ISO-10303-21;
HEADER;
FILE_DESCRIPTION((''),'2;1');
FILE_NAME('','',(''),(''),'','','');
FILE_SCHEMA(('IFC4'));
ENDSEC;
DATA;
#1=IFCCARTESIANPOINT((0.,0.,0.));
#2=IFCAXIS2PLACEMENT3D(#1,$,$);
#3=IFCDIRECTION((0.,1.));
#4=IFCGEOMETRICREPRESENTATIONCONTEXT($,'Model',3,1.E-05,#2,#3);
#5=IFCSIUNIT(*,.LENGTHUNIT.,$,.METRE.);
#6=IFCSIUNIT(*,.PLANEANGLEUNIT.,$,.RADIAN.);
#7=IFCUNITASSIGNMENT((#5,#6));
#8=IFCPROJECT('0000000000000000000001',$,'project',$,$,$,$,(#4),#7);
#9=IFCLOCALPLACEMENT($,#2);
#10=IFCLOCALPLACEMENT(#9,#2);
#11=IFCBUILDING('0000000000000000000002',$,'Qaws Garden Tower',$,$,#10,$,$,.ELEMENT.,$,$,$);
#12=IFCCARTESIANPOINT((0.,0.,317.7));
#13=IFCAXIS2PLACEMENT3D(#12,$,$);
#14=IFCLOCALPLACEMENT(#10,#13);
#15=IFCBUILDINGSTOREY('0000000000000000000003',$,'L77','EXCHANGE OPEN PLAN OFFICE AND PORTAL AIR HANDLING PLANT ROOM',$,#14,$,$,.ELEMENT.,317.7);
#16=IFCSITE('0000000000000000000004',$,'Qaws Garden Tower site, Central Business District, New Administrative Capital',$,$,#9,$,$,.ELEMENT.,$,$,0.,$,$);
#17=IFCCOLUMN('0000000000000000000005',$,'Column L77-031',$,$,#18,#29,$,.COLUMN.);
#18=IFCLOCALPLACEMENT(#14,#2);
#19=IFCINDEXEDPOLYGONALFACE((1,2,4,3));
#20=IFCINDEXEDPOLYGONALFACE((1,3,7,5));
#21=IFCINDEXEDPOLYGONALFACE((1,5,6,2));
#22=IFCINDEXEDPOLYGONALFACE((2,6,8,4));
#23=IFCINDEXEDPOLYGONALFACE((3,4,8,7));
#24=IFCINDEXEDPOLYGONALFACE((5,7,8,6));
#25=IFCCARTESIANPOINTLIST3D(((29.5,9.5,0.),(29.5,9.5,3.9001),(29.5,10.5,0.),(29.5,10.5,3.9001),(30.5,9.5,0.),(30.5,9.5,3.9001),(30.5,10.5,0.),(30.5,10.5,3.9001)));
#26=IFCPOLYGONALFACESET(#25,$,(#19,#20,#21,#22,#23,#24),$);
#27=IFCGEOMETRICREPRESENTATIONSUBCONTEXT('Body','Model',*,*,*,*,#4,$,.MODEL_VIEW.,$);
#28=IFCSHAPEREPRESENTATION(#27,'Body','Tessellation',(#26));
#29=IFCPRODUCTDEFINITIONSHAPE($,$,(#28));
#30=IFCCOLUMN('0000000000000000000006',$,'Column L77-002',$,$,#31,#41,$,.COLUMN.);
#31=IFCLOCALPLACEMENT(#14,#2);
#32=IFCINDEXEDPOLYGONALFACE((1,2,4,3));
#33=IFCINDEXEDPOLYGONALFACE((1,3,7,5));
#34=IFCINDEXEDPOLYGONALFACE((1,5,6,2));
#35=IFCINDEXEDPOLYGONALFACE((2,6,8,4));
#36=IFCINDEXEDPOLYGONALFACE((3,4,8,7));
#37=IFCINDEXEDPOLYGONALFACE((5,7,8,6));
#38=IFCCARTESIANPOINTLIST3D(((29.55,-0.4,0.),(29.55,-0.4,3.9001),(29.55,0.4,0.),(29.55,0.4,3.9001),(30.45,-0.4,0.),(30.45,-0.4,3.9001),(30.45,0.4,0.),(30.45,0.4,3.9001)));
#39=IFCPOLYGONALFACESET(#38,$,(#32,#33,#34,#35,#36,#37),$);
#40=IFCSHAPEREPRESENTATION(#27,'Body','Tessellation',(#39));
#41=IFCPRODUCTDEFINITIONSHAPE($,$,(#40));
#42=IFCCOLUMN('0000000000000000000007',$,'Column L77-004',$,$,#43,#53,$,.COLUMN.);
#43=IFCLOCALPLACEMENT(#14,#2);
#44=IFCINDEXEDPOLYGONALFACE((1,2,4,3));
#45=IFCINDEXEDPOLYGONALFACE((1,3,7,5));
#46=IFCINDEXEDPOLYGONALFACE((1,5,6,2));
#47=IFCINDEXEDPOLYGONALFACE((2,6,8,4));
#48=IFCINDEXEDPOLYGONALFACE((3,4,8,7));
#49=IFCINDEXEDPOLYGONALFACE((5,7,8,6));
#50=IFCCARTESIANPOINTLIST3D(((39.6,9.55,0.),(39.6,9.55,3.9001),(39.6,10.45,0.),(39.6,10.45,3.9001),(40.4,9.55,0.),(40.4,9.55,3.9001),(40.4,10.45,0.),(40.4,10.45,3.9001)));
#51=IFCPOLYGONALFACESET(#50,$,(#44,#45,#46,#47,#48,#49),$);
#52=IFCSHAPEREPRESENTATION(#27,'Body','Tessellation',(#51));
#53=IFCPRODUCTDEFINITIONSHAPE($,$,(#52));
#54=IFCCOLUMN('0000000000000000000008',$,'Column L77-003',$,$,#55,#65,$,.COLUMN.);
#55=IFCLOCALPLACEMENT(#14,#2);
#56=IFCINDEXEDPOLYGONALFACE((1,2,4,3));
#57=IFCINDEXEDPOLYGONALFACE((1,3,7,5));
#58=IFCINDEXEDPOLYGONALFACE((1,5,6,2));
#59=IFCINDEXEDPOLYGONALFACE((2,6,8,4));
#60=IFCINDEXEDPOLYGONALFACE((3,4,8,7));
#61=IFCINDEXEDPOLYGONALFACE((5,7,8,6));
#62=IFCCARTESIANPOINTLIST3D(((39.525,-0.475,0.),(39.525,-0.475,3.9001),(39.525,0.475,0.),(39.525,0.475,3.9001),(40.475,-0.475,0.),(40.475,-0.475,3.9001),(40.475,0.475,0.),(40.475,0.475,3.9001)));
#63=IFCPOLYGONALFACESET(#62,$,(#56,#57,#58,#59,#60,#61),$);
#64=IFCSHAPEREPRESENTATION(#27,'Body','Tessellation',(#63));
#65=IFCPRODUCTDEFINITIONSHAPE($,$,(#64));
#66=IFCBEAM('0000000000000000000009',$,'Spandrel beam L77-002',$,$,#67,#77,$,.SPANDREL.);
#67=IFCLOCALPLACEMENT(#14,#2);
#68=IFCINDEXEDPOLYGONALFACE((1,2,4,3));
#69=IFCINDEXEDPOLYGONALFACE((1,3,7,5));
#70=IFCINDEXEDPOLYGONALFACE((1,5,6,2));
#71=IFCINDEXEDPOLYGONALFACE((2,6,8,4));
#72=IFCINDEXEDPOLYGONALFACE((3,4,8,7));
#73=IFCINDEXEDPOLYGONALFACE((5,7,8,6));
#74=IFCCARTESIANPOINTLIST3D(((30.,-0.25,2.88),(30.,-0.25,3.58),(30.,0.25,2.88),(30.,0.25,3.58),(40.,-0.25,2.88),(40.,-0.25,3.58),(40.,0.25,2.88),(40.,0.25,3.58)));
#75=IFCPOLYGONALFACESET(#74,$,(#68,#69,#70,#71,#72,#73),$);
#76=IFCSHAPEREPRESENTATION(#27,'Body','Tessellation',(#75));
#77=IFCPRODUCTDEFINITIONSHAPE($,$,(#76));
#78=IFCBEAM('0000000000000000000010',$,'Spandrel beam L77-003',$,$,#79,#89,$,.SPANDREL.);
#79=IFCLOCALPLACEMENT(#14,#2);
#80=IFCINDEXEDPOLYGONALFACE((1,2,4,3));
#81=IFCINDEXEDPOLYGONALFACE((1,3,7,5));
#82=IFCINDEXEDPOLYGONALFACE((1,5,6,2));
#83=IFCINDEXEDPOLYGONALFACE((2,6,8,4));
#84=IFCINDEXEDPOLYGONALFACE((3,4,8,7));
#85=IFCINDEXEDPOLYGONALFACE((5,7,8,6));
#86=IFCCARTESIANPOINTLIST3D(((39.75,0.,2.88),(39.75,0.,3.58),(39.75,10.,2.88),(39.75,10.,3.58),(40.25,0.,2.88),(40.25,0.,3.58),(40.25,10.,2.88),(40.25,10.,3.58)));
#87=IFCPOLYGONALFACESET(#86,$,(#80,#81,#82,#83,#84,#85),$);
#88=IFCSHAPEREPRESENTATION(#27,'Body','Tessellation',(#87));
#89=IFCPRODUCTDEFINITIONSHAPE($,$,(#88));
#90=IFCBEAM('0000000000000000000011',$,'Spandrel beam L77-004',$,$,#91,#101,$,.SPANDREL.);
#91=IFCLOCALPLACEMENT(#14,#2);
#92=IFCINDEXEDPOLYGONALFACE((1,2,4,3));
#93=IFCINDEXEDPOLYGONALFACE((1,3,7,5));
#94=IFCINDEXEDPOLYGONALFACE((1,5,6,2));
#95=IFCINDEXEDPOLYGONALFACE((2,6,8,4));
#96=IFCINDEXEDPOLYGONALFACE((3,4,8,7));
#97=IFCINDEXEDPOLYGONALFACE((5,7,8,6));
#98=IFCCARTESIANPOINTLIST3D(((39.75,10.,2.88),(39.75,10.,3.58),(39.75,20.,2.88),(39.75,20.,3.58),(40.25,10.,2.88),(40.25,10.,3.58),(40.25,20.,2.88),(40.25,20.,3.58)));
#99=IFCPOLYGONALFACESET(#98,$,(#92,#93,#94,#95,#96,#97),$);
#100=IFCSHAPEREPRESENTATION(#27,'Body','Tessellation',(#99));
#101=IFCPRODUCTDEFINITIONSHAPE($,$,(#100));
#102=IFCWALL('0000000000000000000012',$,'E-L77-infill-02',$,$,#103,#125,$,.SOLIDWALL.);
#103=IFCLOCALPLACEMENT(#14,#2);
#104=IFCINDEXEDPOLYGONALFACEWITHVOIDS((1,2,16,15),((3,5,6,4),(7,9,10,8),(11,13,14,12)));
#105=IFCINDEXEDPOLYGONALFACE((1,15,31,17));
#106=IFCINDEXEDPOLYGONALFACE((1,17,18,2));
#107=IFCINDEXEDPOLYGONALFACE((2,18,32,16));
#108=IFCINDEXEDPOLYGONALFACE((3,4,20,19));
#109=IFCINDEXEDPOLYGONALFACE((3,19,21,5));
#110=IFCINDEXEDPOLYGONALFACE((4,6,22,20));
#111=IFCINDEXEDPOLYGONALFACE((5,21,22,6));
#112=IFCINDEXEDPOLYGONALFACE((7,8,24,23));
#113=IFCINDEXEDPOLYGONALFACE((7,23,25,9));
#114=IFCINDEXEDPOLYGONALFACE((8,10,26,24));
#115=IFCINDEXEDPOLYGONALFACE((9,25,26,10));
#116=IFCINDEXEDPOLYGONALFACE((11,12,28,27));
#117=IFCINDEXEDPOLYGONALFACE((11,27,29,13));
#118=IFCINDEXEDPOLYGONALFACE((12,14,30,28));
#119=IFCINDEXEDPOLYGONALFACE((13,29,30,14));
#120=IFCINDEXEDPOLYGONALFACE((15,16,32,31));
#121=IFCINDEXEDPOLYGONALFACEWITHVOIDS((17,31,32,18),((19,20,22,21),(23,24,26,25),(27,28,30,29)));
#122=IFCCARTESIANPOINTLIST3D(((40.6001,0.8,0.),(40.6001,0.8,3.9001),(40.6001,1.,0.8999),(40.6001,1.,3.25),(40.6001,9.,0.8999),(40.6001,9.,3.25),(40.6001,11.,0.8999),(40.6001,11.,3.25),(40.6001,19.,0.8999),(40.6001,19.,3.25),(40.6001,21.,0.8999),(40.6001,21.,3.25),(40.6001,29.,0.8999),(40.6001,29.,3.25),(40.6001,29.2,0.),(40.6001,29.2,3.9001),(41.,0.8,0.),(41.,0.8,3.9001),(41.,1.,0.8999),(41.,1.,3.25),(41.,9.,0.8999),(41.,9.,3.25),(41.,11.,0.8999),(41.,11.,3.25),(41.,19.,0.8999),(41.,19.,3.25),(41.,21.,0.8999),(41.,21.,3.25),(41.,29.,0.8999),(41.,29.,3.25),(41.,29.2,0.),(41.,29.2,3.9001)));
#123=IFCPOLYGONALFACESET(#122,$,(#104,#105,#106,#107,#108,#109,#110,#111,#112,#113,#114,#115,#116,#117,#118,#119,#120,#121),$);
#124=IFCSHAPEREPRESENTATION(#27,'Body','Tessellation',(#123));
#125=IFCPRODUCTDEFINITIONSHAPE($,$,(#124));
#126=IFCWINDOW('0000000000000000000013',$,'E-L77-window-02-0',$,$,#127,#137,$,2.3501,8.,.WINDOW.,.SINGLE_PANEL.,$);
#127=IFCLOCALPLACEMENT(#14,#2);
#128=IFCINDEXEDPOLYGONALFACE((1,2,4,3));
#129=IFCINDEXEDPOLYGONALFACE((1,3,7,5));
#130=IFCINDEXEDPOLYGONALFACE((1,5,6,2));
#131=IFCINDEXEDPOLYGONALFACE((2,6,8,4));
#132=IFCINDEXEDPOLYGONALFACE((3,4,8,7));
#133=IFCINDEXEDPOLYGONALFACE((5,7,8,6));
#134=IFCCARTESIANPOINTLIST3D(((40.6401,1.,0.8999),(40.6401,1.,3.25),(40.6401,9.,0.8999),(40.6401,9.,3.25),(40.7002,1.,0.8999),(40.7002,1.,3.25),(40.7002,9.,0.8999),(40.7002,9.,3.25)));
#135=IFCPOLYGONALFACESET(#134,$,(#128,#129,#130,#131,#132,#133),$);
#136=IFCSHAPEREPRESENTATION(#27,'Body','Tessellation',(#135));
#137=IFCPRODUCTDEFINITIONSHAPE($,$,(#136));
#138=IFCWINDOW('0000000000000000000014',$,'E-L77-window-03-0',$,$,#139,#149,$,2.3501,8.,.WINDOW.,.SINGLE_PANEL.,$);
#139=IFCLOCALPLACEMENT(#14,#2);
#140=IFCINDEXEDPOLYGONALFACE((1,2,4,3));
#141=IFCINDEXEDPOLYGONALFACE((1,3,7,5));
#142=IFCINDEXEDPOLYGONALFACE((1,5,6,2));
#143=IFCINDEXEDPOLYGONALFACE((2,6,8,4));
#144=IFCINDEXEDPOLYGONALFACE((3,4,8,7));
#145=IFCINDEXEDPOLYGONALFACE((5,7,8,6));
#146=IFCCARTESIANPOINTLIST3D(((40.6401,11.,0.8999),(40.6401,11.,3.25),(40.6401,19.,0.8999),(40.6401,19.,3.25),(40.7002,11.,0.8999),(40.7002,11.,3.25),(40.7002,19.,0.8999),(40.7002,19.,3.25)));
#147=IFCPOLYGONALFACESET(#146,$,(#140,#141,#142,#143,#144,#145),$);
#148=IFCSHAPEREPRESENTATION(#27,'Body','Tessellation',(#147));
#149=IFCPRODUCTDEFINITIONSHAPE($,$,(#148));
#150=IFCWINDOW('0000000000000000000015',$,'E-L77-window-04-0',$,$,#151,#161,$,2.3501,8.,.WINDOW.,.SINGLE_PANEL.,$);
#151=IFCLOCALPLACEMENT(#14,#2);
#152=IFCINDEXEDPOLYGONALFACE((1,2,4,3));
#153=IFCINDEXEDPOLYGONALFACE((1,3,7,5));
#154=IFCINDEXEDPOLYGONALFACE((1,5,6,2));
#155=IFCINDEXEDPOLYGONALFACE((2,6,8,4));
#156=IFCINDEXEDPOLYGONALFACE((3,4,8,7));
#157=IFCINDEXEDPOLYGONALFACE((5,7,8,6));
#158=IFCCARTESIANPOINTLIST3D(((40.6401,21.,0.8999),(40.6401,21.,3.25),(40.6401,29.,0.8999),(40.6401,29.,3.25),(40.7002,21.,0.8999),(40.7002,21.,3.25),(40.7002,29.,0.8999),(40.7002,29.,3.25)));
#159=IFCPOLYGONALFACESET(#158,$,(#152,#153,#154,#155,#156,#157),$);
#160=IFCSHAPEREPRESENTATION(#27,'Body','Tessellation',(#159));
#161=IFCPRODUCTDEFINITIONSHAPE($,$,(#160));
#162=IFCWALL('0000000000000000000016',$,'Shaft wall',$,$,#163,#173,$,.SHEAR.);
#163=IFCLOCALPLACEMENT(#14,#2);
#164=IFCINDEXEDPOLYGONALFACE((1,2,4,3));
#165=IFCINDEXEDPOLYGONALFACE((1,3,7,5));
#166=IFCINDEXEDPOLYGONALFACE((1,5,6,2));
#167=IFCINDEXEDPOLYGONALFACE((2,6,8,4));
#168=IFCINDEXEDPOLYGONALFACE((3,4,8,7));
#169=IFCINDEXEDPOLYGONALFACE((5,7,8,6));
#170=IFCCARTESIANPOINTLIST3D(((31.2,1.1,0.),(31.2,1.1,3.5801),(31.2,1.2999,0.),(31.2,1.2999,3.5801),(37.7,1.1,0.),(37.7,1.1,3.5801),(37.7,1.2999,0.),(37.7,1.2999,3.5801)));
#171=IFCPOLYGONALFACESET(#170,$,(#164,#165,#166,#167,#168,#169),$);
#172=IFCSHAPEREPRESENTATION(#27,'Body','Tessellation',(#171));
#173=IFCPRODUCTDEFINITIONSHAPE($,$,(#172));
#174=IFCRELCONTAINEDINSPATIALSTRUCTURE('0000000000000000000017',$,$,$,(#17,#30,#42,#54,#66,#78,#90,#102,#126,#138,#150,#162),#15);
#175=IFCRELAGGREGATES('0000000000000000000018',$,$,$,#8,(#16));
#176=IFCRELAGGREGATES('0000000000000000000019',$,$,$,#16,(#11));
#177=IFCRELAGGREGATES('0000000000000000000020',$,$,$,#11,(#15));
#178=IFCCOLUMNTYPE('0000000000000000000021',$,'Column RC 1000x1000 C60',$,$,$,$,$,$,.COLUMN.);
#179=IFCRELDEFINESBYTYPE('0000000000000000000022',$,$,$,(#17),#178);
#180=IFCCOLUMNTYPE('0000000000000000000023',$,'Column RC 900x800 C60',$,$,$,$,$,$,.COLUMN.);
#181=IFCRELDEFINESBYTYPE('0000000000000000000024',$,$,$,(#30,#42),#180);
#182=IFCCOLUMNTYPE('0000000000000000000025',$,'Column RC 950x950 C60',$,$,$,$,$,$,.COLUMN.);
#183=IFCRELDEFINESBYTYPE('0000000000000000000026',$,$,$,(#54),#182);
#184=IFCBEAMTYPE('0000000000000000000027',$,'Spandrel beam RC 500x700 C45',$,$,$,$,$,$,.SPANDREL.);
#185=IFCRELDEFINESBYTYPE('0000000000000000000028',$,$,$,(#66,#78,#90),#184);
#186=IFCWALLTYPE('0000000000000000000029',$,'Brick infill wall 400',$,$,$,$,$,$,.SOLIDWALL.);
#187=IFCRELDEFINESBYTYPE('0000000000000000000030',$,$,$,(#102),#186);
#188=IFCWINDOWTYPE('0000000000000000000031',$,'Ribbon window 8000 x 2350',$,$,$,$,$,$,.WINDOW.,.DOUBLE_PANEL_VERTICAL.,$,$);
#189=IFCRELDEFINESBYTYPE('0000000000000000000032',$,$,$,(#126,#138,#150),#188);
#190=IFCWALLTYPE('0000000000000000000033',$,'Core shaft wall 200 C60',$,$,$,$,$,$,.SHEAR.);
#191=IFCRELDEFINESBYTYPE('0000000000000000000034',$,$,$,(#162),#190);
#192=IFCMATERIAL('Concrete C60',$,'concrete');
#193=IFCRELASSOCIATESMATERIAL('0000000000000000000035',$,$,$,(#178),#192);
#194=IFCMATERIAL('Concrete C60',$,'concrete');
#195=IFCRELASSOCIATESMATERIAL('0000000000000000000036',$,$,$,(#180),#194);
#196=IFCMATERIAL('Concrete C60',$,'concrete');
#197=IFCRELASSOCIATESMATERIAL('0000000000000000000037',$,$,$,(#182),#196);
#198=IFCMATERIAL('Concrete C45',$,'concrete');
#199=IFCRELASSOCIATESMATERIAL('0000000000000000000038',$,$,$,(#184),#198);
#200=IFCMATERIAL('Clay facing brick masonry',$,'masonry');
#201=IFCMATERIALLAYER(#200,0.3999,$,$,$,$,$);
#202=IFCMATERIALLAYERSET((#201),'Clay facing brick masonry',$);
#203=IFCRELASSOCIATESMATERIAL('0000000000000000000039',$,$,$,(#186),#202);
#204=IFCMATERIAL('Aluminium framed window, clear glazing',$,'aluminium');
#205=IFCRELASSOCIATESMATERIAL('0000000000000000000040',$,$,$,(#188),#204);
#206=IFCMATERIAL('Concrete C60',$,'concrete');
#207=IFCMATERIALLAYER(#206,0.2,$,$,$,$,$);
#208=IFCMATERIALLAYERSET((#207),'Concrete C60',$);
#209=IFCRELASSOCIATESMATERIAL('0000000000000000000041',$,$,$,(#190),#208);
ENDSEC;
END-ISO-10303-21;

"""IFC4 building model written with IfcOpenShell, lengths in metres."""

from ifc_helpers import new_model, si_unit, direction, frame, frame_2d, origin, origin_2d, place, context, subcontext, project, spatial, rectangle, extrude, material, layer, layer_set, material_profile, profile_set, type_object, element, fill, save


model = new_model("IFC4")

# Units and contexts
model_context = context("Model", 3, precision=1e-05, world=origin(), true_north=direction((0.0, 1.0)))
body_context = subcontext(model_context, "Body", "Model", "MODEL_VIEW")
ifc_project = project(units=[si_unit("LENGTHUNIT", "METRE"), si_unit("PLANEANGLEUNIT", "RADIAN")], contexts=[model_context])

# Site, building, storey
site_placement = place(None, origin())
site = spatial("IfcSite", under=ifc_project, at=site_placement, Name="Qaws Garden Tower site, Central Business District, New Administrative Capital", CompositionType="ELEMENT", RefElevation=0.0)
building_placement = place(site_placement, origin())
building = spatial("IfcBuilding", under=site, at=building_placement, Name="Qaws Garden Tower", CompositionType="ELEMENT")
storey_placement = place(building_placement, frame((0.0, 0.0, 317.7)))
storey = spatial("IfcBuildingStorey", under=building, at=storey_placement, Name="L77", Description="EXCHANGE OPEN PLAN OFFICE AND PORTAL AIR HANDLING PLANT ROOM", CompositionType="ELEMENT", Elevation=317.7)

# Columns
ifc_material_1 = material(Name="Concrete C60", Category="concrete")
ifc_material_profile_1 = material_profile(ifc_material_1, rectangle(XDim=1.0, YDim=1.0, at=origin_2d()), Name="RC 1000x1000")
ifc_profile_set_1 = profile_set([ifc_material_profile_1], Name="Concrete C60")
column_type_1 = type_object("IfcColumnType", Name="Column RC 1000x1000 C60", PredefinedType="COLUMN", material=ifc_profile_set_1)
column_1_placement = place(storey_placement, frame((30.0, 10.0, 0.0), z_axis=(0.0, 0.0, 1.0), x_axis=(1.0, 0.0, 0.0)))
element("IfcColumn", 1, at=column_1_placement, inside=storey, type_object=column_type_1, Name="Column L77-031", PredefinedType="COLUMN", context=body_context, shape_type="SweptSolid", body=[
    extrude(rectangle(XDim=1.0, YDim=1.0, at=origin_2d()), origin(), (0.0, 0.0, 1.0), 3.9001),
])
ifc_material_2 = material(Name="Concrete C60", Category="concrete")
ifc_material_profile_2 = material_profile(ifc_material_2, rectangle(XDim=0.8999, YDim=0.8, at=origin_2d()), Name="RC 900x800")
ifc_profile_set_2 = profile_set([ifc_material_profile_2], Name="Concrete C60")
column_type_2 = type_object("IfcColumnType", Name="Column RC 900x800 C60", PredefinedType="COLUMN", material=ifc_profile_set_2)
for number, where, z_axis, x_axis, name in (
    (2, (30.0, 0.0, 0.0), (0.0, 0.0, 1.0), (1.0, 0.0, 0.0), "Column L77-002"),
    (3, (40.0, 10.0, 0.0), (0.0, 0.0, 1.0), (0.0, 1.0, 0.0), "Column L77-004"),
):
    element("IfcColumn", number, at=place(storey_placement, frame(where, z_axis=z_axis, x_axis=x_axis)), inside=storey, type_object=column_type_2, Name=name, PredefinedType="COLUMN", context=body_context, shape_type="SweptSolid", body=[
        extrude(rectangle(XDim=0.8999, YDim=0.8, at=origin_2d()), origin(), (0.0, 0.0, 1.0), 3.9001),
    ])
ifc_material_3 = material(Name="Concrete C60", Category="concrete")
ifc_material_profile_3 = material_profile(ifc_material_3, rectangle(XDim=0.95, YDim=0.95, at=origin_2d()), Name="RC 950x950")
ifc_profile_set_3 = profile_set([ifc_material_profile_3], Name="Concrete C60")
column_type_3 = type_object("IfcColumnType", Name="Column RC 950x950 C60", PredefinedType="COLUMN", material=ifc_profile_set_3)
column_2_placement = place(storey_placement, frame((40.0, 0.0, 0.0), z_axis=(0.0, 0.0, 1.0), x_axis=(1.0, 0.0, 0.0)))
element("IfcColumn", 4, at=column_2_placement, inside=storey, type_object=column_type_3, Name="Column L77-003", PredefinedType="COLUMN", context=body_context, shape_type="SweptSolid", body=[
    extrude(rectangle(XDim=0.95, YDim=0.95, at=origin_2d()), origin(), (0.0, 0.0, 1.0), 3.9001),
])

# Beams
ifc_material_4 = material(Name="Concrete C45", Category="concrete")
ifc_material_profile_4 = material_profile(ifc_material_4, rectangle(XDim=0.5, YDim=0.7, at=origin_2d()), Name="RC 500x700")
ifc_profile_set_4 = profile_set([ifc_material_profile_4], Name="Concrete C45")
beam_type = type_object("IfcBeamType", Name="Spandrel beam RC 500x700 C45", PredefinedType="SPANDREL", material=ifc_profile_set_4)
for number, where, z_axis, x_axis, name in (
    (5, (30.0, 0.0, 3.23), (1.0, 0.0, 0.0), (0.0, 1.0, 0.0), "Spandrel beam L77-002"),
    (6, (40.0, 0.0, 3.23), (0.0, 1.0, 0.0), (-1.0, 0.0, 0.0), "Spandrel beam L77-003"),
    (7, (40.0, 10.0, 3.23), (0.0, 1.0, 0.0), (-1.0, 0.0, 0.0), "Spandrel beam L77-004"),
):
    element("IfcBeam", number, at=place(storey_placement, frame(where, z_axis=z_axis, x_axis=x_axis)), inside=storey, type_object=beam_type, Name=name, PredefinedType="SPANDREL", context=body_context, shape_type="SweptSolid", body=[
        extrude(rectangle(XDim=0.5, YDim=0.7, at=origin_2d()), origin(), (0.0, 0.0, 1.0), 10.0),
    ])

# Wall, openings, windows
ifc_material_5 = material(Name="Clay facing brick masonry", Category="masonry")
ifc_layer_1 = layer(ifc_material_5, 0.3999)
ifc_layer_set_1 = layer_set([ifc_layer_1], Name="Clay facing brick masonry")
wall_type_1 = type_object("IfcWallType", Name="Brick infill wall 400", PredefinedType="SOLIDWALL", material=ifc_layer_set_1)
wall_1_placement = place(storey_placement, frame((40.8, 0.8, 0.0), z_axis=(0.0, 0.0, 1.0), x_axis=(0.0, 1.0, 0.0)))
wall_1 = element("IfcWall", 8, at=wall_1_placement, inside=storey, type_object=wall_type_1, Name="E-L77-infill-02", PredefinedType="SOLIDWALL", context=body_context, shape_type="SweptSolid", body=[
    extrude(rectangle(XDim=28.3999, YDim=0.3999, at=frame_2d((14.2, 0.0))), origin(), (0.0, 0.0, 1.0), 3.9001),
])
opening_1_placement = place(wall_1_placement, frame((0.2, 0.0, 0.8999)))
opening_1 = element("IfcOpeningElement", 9, at=opening_1_placement, cuts=wall_1, PredefinedType="OPENING", context=body_context, shape_type="SweptSolid", body=[
    extrude(rectangle(XDim=8.0, YDim=2.3501, at=frame_2d((4.0, 1.175))), frame((0.0, 0.21, 0.0), z_axis=(0.0, -1.0, 0.0), x_axis=(1.0, 0.0, 0.0)), (0.0, 0.0, 1.0), 0.4199),
])
opening_2_placement = place(wall_1_placement, frame((10.2, 0.0, 0.8999)))
opening_2 = element("IfcOpeningElement", 10, at=opening_2_placement, cuts=wall_1, PredefinedType="OPENING", context=body_context, shape_type="SweptSolid", body=[
    extrude(rectangle(XDim=8.0, YDim=2.3501, at=frame_2d((4.0, 1.175))), frame((0.0, 0.21, 0.0), z_axis=(0.0, -1.0, 0.0), x_axis=(1.0, 0.0, 0.0)), (0.0, 0.0, 1.0), 0.4199),
])
opening_3_placement = place(wall_1_placement, frame((20.2, 0.0, 0.8999)))
opening_3 = element("IfcOpeningElement", 11, at=opening_3_placement, cuts=wall_1, PredefinedType="OPENING", context=body_context, shape_type="SweptSolid", body=[
    extrude(rectangle(XDim=8.0, YDim=2.3501, at=frame_2d((4.0, 1.175))), frame((0.0, 0.21, 0.0), z_axis=(0.0, -1.0, 0.0), x_axis=(1.0, 0.0, 0.0)), (0.0, 0.0, 1.0), 0.4199),
])
ifc_material_6 = material(Name="Aluminium framed window, clear glazing", Category="aluminium")
window_type = type_object("IfcWindowType", Name="Ribbon window 8000 x 2350", PartitioningType="DOUBLE_PANEL_VERTICAL", PredefinedType="WINDOW", material=ifc_material_6)
window_1_placement = place(opening_1_placement, origin())
window_1 = element("IfcWindow", 12, at=window_1_placement, inside=storey, type_object=window_type, Name="E-L77-window-02-0", OverallHeight=2.3501, OverallWidth=8.0, PartitioningType="SINGLE_PANEL", PredefinedType="WINDOW", context=body_context, shape_type="SweptSolid", body=[
    extrude(rectangle(XDim=8.0, YDim=2.3501, at=frame_2d((4.0, 1.175))), frame((0.0, 0.1599, 0.0), z_axis=(0.0, -1.0, 0.0), x_axis=(1.0, 0.0, 0.0)), (0.0, 0.0, 1.0), 0.0601),
])
fill(opening_1, window_1)
window_2_placement = place(opening_2_placement, origin())
window_2 = element("IfcWindow", 13, at=window_2_placement, inside=storey, type_object=window_type, Name="E-L77-window-03-0", OverallHeight=2.3501, OverallWidth=8.0, PartitioningType="SINGLE_PANEL", PredefinedType="WINDOW", context=body_context, shape_type="SweptSolid", body=[
    extrude(rectangle(XDim=8.0, YDim=2.3501, at=frame_2d((4.0, 1.175))), frame((0.0, 0.1599, 0.0), z_axis=(0.0, -1.0, 0.0), x_axis=(1.0, 0.0, 0.0)), (0.0, 0.0, 1.0), 0.0601),
])
fill(opening_2, window_2)
window_3_placement = place(opening_3_placement, origin())
window_3 = element("IfcWindow", 14, at=window_3_placement, inside=storey, type_object=window_type, Name="E-L77-window-04-0", OverallHeight=2.3501, OverallWidth=8.0, PartitioningType="SINGLE_PANEL", PredefinedType="WINDOW", context=body_context, shape_type="SweptSolid", body=[
    extrude(rectangle(XDim=8.0, YDim=2.3501, at=frame_2d((4.0, 1.175))), frame((0.0, 0.1599, 0.0), z_axis=(0.0, -1.0, 0.0), x_axis=(1.0, 0.0, 0.0)), (0.0, 0.0, 1.0), 0.0601),
])
fill(opening_3, window_3)

# Wall
ifc_material_7 = material(Name="Concrete C60", Category="concrete")
ifc_layer_2 = layer(ifc_material_7, 0.2)
ifc_layer_set_2 = layer_set([ifc_layer_2], Name="Concrete C60")
wall_type_2 = type_object("IfcWallType", Name="Core shaft wall 200 C60", PredefinedType="SHEAR", material=ifc_layer_set_2)
wall_2_placement = place(storey_placement, frame((31.2, 1.2, 0.0), z_axis=(0.0, 0.0, 1.0), x_axis=(1.0, 0.0, 0.0)))
element("IfcWall", 15, at=wall_2_placement, inside=storey, type_object=wall_type_2, Name="Shaft wall", PredefinedType="SHEAR", context=body_context, shape_type="SweptSolid", body=[
    extrude(rectangle(XDim=6.5, YDim=0.2, at=frame_2d((3.25, 0.0))), origin(), (0.0, 0.0, 1.0), 3.5801),
])

save(model, "model.ifc")
